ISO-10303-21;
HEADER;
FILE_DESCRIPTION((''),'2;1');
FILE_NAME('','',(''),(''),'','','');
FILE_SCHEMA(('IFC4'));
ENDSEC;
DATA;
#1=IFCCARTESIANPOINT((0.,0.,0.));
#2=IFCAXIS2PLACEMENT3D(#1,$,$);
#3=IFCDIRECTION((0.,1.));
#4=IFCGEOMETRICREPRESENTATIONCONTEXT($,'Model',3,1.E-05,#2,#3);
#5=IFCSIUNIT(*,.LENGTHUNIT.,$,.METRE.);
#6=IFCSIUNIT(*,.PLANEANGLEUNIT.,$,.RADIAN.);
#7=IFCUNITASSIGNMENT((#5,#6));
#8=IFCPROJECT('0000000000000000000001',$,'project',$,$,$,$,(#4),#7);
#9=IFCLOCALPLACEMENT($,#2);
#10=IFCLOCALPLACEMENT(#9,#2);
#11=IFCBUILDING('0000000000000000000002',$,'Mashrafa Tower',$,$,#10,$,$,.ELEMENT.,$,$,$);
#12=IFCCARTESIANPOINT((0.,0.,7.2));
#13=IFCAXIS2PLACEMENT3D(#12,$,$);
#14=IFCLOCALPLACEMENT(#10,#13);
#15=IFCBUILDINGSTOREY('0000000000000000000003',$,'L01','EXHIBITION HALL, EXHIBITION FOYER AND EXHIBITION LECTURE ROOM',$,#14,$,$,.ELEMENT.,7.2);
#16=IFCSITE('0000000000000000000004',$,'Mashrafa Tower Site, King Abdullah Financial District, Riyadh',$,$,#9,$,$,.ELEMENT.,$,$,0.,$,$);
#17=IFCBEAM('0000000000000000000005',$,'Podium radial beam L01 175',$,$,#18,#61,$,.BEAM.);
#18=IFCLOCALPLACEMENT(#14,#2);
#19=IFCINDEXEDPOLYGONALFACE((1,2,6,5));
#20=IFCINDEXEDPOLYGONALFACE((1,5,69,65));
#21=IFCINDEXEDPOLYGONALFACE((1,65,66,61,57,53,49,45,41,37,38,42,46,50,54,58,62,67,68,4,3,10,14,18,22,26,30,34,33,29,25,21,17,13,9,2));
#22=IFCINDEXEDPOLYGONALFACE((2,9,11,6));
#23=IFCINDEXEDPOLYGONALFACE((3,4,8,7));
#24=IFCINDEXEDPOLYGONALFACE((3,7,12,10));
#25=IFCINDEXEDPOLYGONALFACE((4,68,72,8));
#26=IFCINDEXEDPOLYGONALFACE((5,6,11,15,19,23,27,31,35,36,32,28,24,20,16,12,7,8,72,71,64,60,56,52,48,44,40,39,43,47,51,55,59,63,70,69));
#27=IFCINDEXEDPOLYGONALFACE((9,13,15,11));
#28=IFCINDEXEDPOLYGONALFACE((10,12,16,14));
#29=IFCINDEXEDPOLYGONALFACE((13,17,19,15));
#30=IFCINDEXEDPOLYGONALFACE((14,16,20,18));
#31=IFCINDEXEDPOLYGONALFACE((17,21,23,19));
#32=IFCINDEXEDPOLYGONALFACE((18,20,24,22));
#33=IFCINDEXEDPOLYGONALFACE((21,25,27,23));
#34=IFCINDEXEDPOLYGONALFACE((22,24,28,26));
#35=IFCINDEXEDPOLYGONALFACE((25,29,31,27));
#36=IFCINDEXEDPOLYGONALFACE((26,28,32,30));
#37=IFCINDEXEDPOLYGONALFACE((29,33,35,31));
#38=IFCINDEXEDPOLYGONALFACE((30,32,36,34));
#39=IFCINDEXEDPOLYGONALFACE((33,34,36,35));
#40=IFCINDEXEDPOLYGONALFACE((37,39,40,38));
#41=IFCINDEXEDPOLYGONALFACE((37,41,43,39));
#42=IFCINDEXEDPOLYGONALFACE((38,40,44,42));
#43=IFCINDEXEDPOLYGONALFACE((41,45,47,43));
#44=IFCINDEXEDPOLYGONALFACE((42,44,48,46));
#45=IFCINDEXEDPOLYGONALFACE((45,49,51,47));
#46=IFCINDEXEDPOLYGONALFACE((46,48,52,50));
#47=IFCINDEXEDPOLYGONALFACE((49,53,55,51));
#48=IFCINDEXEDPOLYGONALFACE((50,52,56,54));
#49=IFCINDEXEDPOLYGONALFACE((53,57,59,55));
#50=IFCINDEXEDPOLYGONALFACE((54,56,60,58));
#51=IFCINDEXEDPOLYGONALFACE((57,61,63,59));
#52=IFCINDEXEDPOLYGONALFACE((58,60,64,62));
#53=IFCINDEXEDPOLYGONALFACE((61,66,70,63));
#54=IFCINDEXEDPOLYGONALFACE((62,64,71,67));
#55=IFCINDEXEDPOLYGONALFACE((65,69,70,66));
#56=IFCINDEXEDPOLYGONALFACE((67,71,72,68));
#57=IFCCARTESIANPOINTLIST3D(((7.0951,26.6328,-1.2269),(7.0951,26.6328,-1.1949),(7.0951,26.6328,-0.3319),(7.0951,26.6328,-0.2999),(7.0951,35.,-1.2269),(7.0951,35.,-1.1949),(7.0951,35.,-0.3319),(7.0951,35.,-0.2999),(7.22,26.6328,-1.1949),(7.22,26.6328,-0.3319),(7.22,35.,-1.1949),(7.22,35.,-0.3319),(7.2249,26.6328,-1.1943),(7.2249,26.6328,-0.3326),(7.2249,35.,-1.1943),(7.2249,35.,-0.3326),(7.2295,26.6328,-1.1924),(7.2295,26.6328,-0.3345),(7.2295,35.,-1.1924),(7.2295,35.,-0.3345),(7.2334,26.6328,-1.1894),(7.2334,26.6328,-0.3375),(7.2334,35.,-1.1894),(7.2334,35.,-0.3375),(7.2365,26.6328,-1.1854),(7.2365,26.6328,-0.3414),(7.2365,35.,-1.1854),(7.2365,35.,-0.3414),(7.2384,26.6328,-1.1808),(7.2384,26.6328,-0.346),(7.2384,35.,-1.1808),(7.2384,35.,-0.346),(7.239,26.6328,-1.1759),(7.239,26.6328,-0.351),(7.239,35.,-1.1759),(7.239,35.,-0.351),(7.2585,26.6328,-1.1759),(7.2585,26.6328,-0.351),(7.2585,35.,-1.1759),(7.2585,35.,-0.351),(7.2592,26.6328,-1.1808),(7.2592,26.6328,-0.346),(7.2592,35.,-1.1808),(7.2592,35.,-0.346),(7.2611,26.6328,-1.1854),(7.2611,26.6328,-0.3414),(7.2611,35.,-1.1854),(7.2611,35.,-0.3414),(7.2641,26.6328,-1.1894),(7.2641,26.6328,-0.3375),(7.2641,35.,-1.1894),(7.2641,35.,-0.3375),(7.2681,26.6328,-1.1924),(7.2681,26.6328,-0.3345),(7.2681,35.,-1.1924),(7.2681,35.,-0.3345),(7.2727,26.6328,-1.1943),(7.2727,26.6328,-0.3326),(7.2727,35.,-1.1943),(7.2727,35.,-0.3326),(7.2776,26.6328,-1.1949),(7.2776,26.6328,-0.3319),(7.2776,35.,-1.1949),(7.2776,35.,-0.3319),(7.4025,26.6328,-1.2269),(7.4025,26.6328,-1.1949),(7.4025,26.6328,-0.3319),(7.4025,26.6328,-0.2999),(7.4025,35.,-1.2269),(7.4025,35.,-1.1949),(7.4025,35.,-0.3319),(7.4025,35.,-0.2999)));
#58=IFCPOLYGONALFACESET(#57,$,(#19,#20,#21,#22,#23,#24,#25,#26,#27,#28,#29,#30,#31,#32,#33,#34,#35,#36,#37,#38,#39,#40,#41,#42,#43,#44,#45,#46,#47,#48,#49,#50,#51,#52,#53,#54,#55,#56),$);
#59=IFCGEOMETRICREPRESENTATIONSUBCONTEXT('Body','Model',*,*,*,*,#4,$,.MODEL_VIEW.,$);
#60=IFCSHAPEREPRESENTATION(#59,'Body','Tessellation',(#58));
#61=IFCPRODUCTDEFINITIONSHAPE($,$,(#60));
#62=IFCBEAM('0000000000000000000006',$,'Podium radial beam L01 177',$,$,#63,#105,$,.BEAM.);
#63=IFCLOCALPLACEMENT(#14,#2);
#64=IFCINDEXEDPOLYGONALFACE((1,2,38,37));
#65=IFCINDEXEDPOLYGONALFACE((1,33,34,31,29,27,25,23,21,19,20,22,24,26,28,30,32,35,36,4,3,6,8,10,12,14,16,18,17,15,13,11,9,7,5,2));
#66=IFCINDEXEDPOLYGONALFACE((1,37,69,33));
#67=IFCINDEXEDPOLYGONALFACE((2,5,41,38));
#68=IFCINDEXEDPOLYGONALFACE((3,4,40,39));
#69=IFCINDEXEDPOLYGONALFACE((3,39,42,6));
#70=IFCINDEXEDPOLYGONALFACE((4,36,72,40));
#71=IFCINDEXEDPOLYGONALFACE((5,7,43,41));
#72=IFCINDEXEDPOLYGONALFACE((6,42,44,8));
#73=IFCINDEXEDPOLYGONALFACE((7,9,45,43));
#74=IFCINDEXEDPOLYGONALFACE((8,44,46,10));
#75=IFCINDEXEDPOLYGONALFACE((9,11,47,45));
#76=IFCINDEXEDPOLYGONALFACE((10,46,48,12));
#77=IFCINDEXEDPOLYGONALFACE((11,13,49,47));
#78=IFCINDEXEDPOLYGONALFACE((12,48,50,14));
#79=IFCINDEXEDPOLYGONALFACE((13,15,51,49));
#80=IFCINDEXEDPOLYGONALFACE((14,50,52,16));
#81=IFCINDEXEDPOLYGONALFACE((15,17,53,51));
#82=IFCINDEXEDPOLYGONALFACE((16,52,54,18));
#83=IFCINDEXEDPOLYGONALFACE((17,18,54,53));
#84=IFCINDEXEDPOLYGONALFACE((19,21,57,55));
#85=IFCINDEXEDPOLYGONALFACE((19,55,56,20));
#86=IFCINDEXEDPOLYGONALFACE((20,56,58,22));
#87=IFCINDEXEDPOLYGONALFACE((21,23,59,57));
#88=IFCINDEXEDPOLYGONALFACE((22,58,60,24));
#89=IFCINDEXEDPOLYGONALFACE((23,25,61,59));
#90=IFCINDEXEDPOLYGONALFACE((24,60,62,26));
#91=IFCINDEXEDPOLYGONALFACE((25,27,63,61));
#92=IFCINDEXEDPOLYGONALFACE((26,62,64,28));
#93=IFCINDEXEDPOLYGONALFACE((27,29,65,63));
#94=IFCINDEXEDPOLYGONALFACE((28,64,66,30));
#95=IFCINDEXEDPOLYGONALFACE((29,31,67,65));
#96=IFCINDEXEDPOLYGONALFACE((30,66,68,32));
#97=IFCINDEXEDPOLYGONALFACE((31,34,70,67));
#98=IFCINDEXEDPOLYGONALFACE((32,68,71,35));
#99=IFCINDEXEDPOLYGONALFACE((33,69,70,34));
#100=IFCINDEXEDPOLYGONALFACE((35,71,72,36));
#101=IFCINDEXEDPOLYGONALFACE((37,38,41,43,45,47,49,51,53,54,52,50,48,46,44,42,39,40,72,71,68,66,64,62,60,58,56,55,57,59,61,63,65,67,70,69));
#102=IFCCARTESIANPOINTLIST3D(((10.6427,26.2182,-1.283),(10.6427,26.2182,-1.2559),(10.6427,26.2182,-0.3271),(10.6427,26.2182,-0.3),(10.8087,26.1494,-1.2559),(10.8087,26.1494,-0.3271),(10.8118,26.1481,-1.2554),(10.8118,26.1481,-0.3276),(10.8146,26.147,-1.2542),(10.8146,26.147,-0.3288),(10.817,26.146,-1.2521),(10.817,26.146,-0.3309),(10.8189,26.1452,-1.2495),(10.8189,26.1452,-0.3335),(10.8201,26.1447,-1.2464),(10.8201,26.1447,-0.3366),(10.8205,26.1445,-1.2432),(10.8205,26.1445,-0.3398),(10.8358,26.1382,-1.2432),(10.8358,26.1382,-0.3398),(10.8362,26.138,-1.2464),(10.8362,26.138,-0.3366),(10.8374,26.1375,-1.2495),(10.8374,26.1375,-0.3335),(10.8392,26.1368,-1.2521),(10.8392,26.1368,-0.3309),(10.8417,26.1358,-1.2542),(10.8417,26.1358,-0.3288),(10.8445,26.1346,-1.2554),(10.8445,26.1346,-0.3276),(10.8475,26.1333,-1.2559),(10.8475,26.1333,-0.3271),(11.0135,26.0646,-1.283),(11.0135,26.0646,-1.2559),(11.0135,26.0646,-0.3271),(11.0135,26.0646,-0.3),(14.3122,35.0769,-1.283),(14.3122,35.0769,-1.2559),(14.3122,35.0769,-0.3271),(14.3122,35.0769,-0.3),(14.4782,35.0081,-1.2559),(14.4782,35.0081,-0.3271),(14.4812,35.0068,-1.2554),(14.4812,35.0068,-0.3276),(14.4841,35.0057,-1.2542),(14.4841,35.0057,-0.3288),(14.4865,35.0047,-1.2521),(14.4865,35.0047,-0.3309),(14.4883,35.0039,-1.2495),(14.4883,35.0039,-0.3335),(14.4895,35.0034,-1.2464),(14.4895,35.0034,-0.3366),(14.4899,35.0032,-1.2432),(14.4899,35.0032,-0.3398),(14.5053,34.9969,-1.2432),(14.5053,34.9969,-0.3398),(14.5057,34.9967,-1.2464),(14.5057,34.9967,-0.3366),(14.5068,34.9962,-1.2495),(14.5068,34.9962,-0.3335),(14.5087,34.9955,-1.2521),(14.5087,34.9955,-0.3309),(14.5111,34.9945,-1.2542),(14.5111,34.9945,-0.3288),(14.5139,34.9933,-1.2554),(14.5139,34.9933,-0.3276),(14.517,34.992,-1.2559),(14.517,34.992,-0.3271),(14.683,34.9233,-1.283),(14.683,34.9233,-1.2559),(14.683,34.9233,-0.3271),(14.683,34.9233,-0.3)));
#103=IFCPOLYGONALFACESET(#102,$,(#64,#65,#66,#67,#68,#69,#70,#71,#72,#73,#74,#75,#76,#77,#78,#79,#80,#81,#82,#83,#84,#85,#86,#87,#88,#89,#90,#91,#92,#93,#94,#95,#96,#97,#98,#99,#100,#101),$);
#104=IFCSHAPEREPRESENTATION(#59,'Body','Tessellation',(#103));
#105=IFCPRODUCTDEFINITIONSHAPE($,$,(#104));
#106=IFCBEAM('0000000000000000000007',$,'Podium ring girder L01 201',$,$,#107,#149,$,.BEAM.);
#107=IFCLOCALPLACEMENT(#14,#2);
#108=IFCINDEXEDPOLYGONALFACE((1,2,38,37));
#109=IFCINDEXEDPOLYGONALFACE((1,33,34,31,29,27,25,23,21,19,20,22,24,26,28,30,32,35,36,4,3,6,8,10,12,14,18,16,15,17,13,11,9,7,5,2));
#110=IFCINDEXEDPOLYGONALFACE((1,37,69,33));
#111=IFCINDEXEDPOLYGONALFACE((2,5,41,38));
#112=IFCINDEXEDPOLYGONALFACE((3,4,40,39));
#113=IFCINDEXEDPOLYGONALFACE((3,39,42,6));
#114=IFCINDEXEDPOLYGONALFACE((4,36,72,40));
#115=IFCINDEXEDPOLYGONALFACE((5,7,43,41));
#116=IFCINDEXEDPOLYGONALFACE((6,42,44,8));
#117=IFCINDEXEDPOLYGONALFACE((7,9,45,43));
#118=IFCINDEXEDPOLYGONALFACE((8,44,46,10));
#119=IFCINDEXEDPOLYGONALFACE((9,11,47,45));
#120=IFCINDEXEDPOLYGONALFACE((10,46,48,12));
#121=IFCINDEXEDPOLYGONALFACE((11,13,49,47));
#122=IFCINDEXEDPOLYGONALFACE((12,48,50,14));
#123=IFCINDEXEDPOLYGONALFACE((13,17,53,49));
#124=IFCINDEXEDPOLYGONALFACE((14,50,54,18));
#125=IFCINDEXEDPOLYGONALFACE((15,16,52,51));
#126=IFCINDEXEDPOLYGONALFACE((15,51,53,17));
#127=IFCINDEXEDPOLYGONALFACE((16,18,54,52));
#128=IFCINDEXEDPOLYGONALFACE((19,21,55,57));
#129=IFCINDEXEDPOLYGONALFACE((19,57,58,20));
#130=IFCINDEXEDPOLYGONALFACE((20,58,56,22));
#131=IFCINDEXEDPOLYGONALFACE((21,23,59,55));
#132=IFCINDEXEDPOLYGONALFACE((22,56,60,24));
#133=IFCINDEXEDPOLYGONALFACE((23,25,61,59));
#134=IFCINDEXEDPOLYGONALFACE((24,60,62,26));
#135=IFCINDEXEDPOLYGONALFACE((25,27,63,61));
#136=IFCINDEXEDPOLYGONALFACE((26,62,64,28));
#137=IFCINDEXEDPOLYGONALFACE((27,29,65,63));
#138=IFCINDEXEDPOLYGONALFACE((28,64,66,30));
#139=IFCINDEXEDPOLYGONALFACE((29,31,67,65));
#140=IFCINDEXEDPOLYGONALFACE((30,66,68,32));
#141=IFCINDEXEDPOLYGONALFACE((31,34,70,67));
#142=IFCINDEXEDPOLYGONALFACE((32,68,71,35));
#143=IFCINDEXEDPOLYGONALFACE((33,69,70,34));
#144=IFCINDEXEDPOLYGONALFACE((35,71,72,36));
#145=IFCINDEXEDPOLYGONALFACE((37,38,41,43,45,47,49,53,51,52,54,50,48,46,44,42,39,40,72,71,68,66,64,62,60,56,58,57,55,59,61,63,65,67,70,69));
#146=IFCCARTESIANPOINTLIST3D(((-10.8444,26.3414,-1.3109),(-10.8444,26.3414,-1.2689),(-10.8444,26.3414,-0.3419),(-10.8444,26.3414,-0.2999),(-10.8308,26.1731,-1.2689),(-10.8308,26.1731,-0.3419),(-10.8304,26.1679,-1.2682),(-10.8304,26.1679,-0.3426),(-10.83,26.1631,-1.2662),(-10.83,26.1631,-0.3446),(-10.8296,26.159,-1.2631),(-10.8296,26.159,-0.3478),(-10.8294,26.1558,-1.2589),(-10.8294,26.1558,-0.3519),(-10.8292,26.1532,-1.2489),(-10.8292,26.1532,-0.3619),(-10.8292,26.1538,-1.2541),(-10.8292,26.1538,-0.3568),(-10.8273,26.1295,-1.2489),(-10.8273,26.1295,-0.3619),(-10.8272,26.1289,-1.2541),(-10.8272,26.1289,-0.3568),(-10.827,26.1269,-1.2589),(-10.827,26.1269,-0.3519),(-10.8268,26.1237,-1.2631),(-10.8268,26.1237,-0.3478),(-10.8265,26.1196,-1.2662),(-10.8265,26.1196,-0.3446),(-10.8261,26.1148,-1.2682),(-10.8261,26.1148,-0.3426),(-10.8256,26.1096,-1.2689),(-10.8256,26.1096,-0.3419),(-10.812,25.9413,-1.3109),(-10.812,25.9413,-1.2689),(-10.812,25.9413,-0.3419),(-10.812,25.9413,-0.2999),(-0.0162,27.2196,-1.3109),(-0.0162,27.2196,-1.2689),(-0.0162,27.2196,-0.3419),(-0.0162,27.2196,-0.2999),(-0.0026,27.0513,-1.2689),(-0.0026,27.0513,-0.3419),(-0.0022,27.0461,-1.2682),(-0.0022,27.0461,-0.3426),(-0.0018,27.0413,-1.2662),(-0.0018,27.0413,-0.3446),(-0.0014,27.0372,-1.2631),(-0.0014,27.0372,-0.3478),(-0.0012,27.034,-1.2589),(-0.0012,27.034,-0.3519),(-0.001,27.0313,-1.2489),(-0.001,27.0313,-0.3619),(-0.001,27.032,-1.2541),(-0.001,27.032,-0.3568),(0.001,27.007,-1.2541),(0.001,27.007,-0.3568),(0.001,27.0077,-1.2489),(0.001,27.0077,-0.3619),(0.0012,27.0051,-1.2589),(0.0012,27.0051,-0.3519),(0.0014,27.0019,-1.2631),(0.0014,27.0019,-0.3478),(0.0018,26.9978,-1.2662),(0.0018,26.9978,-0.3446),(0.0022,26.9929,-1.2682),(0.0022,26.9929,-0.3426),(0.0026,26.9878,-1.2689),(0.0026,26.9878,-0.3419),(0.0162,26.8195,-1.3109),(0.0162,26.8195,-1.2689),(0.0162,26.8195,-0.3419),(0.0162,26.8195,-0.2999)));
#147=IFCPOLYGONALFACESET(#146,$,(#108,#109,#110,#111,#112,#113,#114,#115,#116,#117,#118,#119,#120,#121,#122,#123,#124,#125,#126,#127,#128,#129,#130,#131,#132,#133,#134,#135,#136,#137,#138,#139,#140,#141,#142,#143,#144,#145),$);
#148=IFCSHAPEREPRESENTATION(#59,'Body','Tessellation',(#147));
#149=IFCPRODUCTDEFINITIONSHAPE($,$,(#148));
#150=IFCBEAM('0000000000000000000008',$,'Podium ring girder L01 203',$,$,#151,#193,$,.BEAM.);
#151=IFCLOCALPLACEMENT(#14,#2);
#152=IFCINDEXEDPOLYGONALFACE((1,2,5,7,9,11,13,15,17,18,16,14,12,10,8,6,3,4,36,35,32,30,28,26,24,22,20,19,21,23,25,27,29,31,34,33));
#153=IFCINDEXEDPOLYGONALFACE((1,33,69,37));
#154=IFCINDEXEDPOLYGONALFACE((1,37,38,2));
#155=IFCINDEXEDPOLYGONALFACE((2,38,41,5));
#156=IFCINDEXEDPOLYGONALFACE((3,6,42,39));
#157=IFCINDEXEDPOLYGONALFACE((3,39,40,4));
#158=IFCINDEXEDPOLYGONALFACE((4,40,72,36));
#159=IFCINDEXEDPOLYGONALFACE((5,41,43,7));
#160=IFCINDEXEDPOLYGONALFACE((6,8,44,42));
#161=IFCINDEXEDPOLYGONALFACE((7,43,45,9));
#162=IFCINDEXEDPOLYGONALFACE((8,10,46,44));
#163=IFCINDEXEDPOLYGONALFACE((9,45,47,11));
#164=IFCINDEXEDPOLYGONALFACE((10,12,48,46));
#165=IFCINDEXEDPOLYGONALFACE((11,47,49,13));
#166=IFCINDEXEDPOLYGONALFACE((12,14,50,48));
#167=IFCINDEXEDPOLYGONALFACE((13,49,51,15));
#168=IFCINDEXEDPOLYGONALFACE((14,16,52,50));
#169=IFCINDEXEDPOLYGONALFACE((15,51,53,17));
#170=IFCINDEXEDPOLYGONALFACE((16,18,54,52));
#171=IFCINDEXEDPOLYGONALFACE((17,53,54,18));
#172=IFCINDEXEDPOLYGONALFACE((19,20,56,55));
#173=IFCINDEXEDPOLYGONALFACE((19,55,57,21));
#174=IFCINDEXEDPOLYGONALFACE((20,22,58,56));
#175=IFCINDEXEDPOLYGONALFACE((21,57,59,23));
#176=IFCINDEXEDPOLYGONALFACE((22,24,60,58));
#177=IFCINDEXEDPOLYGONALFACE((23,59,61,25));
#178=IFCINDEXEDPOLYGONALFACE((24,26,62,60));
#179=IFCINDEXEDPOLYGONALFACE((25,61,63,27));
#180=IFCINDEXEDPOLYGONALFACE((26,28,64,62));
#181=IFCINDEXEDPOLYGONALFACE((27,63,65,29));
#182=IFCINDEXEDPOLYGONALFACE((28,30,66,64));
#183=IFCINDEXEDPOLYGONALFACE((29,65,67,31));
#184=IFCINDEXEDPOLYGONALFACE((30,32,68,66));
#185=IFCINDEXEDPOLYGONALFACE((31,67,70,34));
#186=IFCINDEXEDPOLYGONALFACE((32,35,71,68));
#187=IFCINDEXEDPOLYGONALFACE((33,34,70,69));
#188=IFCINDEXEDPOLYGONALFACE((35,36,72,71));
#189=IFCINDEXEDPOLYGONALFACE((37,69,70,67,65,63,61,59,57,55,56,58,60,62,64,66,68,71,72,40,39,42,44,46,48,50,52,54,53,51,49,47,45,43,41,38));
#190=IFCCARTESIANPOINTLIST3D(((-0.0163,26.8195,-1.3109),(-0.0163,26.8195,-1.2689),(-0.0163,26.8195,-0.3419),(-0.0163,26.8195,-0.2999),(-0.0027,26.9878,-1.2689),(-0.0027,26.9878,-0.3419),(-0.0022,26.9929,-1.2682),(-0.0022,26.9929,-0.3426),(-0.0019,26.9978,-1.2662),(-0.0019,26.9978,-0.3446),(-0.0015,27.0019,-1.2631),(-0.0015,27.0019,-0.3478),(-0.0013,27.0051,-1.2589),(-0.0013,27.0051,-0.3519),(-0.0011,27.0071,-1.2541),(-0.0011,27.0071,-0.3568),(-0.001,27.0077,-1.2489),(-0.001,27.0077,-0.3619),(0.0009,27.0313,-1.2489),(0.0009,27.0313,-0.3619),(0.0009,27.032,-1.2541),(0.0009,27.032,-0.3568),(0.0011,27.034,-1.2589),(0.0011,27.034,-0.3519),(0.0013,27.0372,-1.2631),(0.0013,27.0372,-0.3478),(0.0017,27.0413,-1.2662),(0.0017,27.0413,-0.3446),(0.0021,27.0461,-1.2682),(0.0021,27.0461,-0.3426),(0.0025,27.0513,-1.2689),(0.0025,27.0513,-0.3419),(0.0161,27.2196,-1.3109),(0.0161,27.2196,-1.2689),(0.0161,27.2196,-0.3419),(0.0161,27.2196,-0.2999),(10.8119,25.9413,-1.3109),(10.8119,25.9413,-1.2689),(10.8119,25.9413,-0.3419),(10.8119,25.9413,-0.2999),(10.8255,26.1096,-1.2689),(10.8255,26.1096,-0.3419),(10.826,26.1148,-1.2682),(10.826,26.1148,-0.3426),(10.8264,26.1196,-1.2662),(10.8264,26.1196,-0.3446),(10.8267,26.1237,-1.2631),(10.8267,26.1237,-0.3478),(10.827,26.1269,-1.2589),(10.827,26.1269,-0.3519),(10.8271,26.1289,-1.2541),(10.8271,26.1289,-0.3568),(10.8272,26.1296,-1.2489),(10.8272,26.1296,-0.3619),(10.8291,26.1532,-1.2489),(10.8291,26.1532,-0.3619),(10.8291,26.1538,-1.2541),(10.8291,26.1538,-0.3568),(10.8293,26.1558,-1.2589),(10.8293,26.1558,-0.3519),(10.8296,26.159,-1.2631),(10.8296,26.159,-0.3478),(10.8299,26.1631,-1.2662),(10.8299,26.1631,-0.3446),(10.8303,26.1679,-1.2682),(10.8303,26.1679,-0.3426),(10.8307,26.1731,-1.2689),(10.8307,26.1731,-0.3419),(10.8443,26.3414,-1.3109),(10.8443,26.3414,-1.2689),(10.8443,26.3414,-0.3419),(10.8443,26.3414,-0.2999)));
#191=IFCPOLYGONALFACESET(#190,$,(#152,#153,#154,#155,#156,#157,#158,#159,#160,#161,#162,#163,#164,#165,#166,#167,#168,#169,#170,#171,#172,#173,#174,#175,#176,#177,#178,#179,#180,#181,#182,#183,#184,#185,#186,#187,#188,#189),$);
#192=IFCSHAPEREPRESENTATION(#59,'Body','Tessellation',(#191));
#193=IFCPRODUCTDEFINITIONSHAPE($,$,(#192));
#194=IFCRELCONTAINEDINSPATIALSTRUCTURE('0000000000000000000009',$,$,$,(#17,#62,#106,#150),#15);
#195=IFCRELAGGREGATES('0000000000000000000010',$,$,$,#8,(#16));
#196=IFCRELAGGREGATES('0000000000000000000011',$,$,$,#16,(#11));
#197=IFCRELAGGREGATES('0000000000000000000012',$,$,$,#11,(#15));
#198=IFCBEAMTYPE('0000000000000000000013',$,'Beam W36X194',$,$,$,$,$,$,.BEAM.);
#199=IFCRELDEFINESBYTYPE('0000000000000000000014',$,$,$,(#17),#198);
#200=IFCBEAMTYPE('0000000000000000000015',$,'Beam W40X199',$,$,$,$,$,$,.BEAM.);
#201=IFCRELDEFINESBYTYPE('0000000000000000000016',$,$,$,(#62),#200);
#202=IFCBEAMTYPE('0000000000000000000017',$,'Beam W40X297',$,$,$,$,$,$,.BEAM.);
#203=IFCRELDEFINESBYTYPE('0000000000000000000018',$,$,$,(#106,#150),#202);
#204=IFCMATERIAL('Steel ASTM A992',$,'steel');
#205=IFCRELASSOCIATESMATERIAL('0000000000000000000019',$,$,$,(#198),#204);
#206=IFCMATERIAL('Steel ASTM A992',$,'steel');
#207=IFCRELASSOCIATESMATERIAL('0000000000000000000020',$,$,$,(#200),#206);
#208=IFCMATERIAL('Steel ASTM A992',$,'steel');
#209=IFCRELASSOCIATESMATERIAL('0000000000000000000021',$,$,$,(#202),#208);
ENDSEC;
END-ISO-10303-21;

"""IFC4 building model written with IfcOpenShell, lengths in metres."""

from ifc_helpers import new_model, si_unit, direction, frame, origin, origin_2d, place, context, subcontext, project, spatial, i_section, extrude, material, material_profile, profile_set, type_object, element, save


model = new_model("IFC4")

# Units and contexts
model_context = context("Model", 3, precision=1e-05, world=origin(), true_north=direction((0.0, 1.0)))
body_context = subcontext(model_context, "Body", "Model", "MODEL_VIEW")
ifc_project = project(units=[si_unit("LENGTHUNIT", "METRE"), si_unit("PLANEANGLEUNIT", "RADIAN")], contexts=[model_context])

# Site, building, storey
site_placement = place(None, origin())
site = spatial("IfcSite", under=ifc_project, at=site_placement, Name="Mashrafa Tower Site, King Abdullah Financial District, Riyadh", CompositionType="ELEMENT", RefElevation=0.0)
building_placement = place(site_placement, origin())
building = spatial("IfcBuilding", under=site, at=building_placement, Name="Mashrafa Tower", CompositionType="ELEMENT")
storey_placement = place(building_placement, frame((0.0, 0.0, 7.2)))
storey = spatial("IfcBuildingStorey", under=building, at=storey_placement, Name="L01", Description="EXHIBITION HALL, EXHIBITION FOYER AND EXHIBITION LECTURE ROOM", CompositionType="ELEMENT", Elevation=7.2)

# Beams
ifc_material_1 = material(Name="Steel ASTM A992", Category="steel")
ifc_material_profile_1 = material_profile(ifc_material_1, i_section(OverallWidth=0.3074, OverallDepth=0.927, WebThickness=0.0195, FlangeThickness=0.032, FilletRadius=0.019, at=origin_2d()), Name="W36X194")
ifc_profile_set_1 = profile_set([ifc_material_profile_1], Name="Steel ASTM A992")
beam_type_1 = type_object("IfcBeamType", Name="Beam W36X194", PredefinedType="BEAM", material=ifc_profile_set_1)
beam_1_placement = place(storey_placement, frame((7.2488, 26.6328, -0.7634), z_axis=(0.0, 1.0, 0.0), x_axis=(-1.0, 0.0, 0.0)))
element("IfcBeam", 1, at=beam_1_placement, inside=storey, type_object=beam_type_1, Name="Podium radial beam L01 175", PredefinedType="BEAM", context=body_context, shape_type="SweptSolid", body=[
    extrude(i_section(OverallWidth=0.3074, OverallDepth=0.927, WebThickness=0.0195, FlangeThickness=0.032, FilletRadius=0.019, at=origin_2d()), origin(), (0.0, 0.0, 1.0), 8.3672),
])
ifc_material_2 = material(Name="Steel ASTM A992", Category="steel")
ifc_material_profile_2 = material_profile(ifc_material_2, i_section(OverallWidth=0.4014, OverallDepth=0.9829, WebThickness=0.0166, FlangeThickness=0.0271, FilletRadius=0.0127, at=origin_2d()), Name="W40X199")
ifc_profile_set_2 = profile_set([ifc_material_profile_2], Name="Steel ASTM A992")
beam_type_2 = type_object("IfcBeamType", Name="Beam W40X199", PredefinedType="BEAM", material=ifc_profile_set_2)
beam_2_placement = place(storey_placement, frame((10.8281, 26.1414, -0.7915), z_axis=(0.382689, 0.923877, 0.0), x_axis=(-0.923877, 0.382689, 0.0)))
element("IfcBeam", 2, at=beam_2_placement, inside=storey, type_object=beam_type_2, Name="Podium radial beam L01 177", PredefinedType="BEAM", context=body_context, shape_type="SweptSolid", body=[
    extrude(i_section(OverallWidth=0.4014, OverallDepth=0.9829, WebThickness=0.0166, FlangeThickness=0.0271, FilletRadius=0.0127, at=origin_2d()), origin(), (0.0, 0.0, 1.0), 9.5886),
])
ifc_material_3 = material(Name="Steel ASTM A992", Category="steel")
ifc_material_profile_3 = material_profile(ifc_material_3, i_section(OverallWidth=0.4014, OverallDepth=1.011, WebThickness=0.0237, FlangeThickness=0.042, FilletRadius=0.02, at=origin_2d()), Name="W40X297")
ifc_profile_set_3 = profile_set([ifc_material_profile_3], Name="Steel ASTM A992")
beam_type_3 = type_object("IfcBeamType", Name="Beam W40X297", PredefinedType="BEAM", material=ifc_profile_set_3)
for number, where, z_axis, x_axis, name in (
    (3, (0.0, 27.0195, -0.8054), (-0.996727, -0.080836, 0.0), (0.080836, -0.996727, 0.0), "Podium ring girder L01 201"),
    (4, (10.8281, 26.1414, -0.8054), (-0.996727, 0.080836, 0.0), (-0.080836, -0.996727, 0.0), "Podium ring girder L01 203"),
):
    element("IfcBeam", number, at=place(storey_placement, frame(where, z_axis=z_axis, x_axis=x_axis)), inside=storey, type_object=beam_type_3, Name=name, PredefinedType="BEAM", context=body_context, shape_type="SweptSolid", body=[
        extrude(i_section(OverallWidth=0.4014, OverallDepth=1.011, WebThickness=0.0237, FlangeThickness=0.042, FilletRadius=0.02, at=origin_2d()), origin(), (0.0, 0.0, 1.0), 10.8638),
    ])

save(model, "model.ifc")
